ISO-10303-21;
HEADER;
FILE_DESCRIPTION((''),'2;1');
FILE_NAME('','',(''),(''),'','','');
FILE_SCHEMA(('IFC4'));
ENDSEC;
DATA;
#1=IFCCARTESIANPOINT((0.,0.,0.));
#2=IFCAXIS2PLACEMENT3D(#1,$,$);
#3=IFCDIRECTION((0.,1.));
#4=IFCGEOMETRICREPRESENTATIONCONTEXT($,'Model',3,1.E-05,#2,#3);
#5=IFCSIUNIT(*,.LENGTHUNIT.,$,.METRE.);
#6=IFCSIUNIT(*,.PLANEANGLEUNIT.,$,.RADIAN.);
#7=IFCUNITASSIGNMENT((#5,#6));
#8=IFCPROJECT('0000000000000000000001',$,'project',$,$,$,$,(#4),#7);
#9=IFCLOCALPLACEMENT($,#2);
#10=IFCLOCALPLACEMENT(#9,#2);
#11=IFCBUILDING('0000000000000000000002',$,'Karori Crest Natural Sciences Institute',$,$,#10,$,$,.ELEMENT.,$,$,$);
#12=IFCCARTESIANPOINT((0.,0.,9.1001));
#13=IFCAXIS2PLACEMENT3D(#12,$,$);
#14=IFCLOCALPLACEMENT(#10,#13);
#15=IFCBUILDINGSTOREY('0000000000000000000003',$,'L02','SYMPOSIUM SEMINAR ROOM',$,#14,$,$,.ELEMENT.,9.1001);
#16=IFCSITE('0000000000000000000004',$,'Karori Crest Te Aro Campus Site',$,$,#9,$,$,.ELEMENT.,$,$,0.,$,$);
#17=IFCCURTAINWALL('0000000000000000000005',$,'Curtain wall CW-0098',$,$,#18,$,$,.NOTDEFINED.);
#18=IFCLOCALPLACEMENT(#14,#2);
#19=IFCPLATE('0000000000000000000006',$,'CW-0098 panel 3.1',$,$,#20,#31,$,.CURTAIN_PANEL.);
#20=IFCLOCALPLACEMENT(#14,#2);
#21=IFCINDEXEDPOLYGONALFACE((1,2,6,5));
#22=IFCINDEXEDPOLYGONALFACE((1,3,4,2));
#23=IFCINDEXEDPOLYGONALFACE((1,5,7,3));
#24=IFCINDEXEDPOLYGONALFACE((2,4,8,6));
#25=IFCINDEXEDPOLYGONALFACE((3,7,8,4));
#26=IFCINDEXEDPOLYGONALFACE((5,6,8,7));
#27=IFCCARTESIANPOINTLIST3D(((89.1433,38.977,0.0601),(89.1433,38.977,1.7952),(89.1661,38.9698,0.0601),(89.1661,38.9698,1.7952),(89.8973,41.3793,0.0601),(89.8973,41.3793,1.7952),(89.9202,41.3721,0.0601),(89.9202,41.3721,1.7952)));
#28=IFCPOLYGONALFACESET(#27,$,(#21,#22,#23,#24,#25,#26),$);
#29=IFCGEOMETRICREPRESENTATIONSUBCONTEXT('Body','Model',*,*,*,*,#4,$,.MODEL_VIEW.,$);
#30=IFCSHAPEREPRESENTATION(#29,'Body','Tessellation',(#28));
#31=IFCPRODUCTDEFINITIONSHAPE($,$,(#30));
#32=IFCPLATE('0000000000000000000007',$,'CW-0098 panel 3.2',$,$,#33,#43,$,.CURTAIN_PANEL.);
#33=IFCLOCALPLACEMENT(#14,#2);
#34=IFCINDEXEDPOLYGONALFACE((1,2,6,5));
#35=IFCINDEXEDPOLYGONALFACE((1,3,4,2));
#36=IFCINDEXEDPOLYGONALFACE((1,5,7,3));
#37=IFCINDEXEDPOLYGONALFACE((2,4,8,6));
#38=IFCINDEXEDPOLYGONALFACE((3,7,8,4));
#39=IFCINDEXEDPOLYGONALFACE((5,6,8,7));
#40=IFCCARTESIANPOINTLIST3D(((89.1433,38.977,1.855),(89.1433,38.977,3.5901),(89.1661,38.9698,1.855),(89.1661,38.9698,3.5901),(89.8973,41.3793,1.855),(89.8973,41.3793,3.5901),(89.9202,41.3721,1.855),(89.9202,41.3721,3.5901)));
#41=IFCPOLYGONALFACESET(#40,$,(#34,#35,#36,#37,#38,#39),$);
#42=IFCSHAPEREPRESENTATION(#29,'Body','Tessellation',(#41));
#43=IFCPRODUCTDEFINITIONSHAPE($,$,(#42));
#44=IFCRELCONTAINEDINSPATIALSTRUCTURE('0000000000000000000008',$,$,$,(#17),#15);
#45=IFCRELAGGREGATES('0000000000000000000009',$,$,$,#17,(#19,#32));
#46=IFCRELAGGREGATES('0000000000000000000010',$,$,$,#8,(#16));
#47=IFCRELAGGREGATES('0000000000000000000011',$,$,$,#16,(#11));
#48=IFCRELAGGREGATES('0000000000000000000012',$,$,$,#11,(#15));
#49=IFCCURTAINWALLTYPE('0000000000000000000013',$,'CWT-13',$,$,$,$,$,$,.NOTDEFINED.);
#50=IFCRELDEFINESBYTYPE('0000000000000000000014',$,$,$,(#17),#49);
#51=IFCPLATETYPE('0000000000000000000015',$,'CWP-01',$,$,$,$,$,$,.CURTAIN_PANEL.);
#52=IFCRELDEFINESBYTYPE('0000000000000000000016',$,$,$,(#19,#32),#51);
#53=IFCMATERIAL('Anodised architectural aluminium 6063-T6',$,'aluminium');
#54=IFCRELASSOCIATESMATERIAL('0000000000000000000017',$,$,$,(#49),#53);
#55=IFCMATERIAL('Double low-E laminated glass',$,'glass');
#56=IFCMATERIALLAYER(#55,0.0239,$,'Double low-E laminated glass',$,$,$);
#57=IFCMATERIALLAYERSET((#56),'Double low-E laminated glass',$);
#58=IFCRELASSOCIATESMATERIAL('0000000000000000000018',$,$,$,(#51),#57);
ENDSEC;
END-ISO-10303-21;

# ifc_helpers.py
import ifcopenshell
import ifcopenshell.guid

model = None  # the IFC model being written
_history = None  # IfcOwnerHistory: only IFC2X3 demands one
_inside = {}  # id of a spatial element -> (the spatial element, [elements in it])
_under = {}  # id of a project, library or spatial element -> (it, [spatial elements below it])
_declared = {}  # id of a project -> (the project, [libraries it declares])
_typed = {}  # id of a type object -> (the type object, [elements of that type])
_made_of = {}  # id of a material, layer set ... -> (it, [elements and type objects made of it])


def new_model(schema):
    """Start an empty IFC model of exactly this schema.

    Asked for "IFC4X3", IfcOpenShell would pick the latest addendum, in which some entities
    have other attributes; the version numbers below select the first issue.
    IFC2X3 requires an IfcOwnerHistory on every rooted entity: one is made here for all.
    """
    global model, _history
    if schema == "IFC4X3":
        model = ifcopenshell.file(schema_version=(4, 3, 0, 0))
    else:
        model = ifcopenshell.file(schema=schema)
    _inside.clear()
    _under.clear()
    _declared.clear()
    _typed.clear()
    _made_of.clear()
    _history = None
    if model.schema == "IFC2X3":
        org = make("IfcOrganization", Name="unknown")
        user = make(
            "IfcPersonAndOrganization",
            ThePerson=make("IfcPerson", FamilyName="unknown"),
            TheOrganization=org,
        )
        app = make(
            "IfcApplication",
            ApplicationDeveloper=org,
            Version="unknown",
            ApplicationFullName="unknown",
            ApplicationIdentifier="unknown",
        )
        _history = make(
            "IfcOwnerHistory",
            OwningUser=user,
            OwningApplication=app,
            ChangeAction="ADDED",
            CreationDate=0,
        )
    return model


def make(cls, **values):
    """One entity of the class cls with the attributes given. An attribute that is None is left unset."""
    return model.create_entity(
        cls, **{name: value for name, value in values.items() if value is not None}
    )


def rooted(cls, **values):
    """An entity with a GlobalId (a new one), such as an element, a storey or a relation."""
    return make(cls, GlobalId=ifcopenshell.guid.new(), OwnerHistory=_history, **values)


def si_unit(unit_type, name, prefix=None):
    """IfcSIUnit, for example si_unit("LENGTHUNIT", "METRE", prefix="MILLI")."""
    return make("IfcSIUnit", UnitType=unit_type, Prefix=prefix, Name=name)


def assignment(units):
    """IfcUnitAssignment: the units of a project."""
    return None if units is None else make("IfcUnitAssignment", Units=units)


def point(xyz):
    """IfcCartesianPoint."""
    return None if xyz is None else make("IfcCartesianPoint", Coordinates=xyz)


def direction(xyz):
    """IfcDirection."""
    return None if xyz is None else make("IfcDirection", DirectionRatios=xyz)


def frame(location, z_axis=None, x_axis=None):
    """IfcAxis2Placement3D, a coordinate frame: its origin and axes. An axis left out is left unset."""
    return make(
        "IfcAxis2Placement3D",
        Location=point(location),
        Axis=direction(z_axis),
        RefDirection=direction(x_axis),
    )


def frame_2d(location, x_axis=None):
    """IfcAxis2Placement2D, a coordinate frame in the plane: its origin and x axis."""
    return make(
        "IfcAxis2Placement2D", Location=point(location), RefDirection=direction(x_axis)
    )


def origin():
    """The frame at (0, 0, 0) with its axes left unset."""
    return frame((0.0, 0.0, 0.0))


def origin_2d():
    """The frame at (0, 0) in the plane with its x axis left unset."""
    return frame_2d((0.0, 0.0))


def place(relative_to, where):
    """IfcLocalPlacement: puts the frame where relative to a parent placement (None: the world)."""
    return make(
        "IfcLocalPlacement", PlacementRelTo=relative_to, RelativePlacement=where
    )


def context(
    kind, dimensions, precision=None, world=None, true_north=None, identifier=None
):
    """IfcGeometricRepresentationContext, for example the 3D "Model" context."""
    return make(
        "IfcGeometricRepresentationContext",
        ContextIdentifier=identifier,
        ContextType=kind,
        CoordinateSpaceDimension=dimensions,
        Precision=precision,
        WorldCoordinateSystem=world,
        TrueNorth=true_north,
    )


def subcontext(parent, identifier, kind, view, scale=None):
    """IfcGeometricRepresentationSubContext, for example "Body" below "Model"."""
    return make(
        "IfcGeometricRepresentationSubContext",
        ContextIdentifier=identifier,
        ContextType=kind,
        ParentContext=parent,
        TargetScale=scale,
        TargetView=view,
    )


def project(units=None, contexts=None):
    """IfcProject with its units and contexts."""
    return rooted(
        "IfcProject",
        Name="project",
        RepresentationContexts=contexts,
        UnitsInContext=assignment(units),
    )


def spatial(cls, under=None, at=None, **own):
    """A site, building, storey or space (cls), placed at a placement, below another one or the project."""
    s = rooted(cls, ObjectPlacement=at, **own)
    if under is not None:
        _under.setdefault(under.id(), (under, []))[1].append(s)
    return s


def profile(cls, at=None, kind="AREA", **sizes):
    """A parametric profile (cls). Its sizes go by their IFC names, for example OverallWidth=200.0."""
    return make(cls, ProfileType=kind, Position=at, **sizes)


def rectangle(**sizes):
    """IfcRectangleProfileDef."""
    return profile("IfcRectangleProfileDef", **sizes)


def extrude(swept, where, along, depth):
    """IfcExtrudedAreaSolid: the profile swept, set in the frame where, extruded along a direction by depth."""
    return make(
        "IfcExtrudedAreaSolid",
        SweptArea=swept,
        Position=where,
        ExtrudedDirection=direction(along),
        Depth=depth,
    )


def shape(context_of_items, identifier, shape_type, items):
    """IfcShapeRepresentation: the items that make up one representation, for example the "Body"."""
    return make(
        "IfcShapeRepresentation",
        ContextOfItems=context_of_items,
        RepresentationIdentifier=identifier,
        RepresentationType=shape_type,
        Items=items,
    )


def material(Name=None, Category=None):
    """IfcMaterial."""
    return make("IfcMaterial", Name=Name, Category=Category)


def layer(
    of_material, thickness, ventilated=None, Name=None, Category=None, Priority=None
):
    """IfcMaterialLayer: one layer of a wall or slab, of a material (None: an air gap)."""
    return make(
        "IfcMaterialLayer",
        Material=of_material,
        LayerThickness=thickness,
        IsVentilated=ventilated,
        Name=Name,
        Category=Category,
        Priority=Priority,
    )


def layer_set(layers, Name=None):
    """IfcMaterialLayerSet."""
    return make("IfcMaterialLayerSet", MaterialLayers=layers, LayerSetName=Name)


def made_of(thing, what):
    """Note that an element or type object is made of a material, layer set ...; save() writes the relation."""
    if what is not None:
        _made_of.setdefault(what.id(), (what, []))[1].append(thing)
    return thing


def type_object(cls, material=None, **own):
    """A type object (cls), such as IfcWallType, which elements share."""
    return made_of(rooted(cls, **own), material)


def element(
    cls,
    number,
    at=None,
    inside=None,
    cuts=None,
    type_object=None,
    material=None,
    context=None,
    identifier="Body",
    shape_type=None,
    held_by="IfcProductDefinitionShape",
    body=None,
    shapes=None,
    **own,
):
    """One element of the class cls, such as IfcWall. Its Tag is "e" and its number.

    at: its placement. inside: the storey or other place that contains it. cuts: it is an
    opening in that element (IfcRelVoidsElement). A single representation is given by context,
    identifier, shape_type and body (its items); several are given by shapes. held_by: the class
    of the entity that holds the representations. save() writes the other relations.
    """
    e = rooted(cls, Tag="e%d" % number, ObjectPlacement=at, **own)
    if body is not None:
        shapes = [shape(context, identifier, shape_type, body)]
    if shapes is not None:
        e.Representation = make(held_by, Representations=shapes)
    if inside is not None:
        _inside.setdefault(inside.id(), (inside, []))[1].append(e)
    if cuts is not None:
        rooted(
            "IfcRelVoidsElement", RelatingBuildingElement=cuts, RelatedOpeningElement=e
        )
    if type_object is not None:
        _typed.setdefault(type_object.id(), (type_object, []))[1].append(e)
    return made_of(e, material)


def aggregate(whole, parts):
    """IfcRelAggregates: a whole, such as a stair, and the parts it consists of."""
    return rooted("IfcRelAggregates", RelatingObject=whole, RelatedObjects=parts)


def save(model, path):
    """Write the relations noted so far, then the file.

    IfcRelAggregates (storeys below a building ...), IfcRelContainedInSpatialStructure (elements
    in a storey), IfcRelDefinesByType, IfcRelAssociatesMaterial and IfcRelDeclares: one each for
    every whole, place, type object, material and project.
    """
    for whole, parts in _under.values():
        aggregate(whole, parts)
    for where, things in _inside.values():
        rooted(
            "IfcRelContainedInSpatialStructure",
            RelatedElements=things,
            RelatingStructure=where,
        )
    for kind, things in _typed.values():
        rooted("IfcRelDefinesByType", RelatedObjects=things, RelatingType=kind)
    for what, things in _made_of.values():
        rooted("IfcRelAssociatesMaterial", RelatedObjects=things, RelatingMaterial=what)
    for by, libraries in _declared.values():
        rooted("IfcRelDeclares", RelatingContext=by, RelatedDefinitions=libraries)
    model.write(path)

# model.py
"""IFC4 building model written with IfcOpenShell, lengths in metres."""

from ifc_helpers import new_model, si_unit, direction, frame, origin, origin_2d, place, context, subcontext, project, spatial, rectangle, extrude, material, layer, layer_set, type_object, element, aggregate, save


model = new_model("IFC4")

# Units and contexts
model_context = context("Model", 3, precision=1e-05, world=origin(), true_north=direction((0.0, 1.0)))
body_context = subcontext(model_context, "Body", "Model", "MODEL_VIEW")
ifc_project = project(units=[si_unit("LENGTHUNIT", "METRE"), si_unit("PLANEANGLEUNIT", "RADIAN")], contexts=[model_context])

# Site, building, storey
site_placement = place(None, origin())
site = spatial("IfcSite", under=ifc_project, at=site_placement, Name="Karori Crest Te Aro Campus Site", CompositionType="ELEMENT", RefElevation=0.0)
building_placement = place(site_placement, origin())
building = spatial("IfcBuilding", under=site, at=building_placement, Name="Karori Crest Natural Sciences Institute", CompositionType="ELEMENT")
storey_placement = place(building_placement, frame((0.0, 0.0, 9.1001)))
storey = spatial("IfcBuildingStorey", under=building, at=storey_placement, Name="L02", Description="SYMPOSIUM SEMINAR ROOM", CompositionType="ELEMENT", Elevation=9.1001)

# Curtain wall
ifc_material_1 = material(Name="Anodised architectural aluminium 6063-T6", Category="aluminium")
curtain_wall_type = type_object("IfcCurtainWallType", Name="CWT-13", PredefinedType="NOTDEFINED", material=ifc_material_1)
curtain_wall_placement = place(storey_placement, origin())
curtain_wall = element("IfcCurtainWall", 1, at=curtain_wall_placement, inside=storey, type_object=curtain_wall_type, Name="Curtain wall CW-0098", PredefinedType="NOTDEFINED")

# Plates
ifc_material_2 = material(Name="Double low-E laminated glass", Category="glass")
ifc_layer_1 = layer(ifc_material_2, 0.0239, Name="Double low-E laminated glass")
ifc_layer_set_1 = layer_set([ifc_layer_1], Name="Double low-E laminated glass")
plate_type = type_object("IfcPlateType", Name="CWP-01", PredefinedType="CURTAIN_PANEL", material=ifc_layer_set_1)
plate_1_placement = place(storey_placement, frame((89.5317, 40.1746, 0.0601), z_axis=(0.0, 0.0, 1.0), x_axis=(0.299477, 0.954104, 0.0)))
plate_1 = element("IfcPlate", 2, at=plate_1_placement, type_object=plate_type, Name="CW-0098 panel 3.1", PredefinedType="CURTAIN_PANEL", context=body_context, shape_type="SweptSolid", body=[
    extrude(rectangle(XDim=2.5178, YDim=0.0239, at=origin_2d()), origin(), (0.0, 0.0, 1.0), 1.7351),
])
plate_2_placement = place(storey_placement, frame((89.5317, 40.1746, 1.855), z_axis=(0.0, 0.0, 1.0), x_axis=(0.299477, 0.954104, 0.0)))
plate_2 = element("IfcPlate", 3, at=plate_2_placement, type_object=plate_type, Name="CW-0098 panel 3.2", PredefinedType="CURTAIN_PANEL", context=body_context, shape_type="SweptSolid", body=[
    extrude(rectangle(XDim=2.5178, YDim=0.0239, at=origin_2d()), origin(), (0.0, 0.0, 1.0), 1.7351),
])
aggregate(curtain_wall, [plate_1, plate_2])

save(model, "model.ifc")
